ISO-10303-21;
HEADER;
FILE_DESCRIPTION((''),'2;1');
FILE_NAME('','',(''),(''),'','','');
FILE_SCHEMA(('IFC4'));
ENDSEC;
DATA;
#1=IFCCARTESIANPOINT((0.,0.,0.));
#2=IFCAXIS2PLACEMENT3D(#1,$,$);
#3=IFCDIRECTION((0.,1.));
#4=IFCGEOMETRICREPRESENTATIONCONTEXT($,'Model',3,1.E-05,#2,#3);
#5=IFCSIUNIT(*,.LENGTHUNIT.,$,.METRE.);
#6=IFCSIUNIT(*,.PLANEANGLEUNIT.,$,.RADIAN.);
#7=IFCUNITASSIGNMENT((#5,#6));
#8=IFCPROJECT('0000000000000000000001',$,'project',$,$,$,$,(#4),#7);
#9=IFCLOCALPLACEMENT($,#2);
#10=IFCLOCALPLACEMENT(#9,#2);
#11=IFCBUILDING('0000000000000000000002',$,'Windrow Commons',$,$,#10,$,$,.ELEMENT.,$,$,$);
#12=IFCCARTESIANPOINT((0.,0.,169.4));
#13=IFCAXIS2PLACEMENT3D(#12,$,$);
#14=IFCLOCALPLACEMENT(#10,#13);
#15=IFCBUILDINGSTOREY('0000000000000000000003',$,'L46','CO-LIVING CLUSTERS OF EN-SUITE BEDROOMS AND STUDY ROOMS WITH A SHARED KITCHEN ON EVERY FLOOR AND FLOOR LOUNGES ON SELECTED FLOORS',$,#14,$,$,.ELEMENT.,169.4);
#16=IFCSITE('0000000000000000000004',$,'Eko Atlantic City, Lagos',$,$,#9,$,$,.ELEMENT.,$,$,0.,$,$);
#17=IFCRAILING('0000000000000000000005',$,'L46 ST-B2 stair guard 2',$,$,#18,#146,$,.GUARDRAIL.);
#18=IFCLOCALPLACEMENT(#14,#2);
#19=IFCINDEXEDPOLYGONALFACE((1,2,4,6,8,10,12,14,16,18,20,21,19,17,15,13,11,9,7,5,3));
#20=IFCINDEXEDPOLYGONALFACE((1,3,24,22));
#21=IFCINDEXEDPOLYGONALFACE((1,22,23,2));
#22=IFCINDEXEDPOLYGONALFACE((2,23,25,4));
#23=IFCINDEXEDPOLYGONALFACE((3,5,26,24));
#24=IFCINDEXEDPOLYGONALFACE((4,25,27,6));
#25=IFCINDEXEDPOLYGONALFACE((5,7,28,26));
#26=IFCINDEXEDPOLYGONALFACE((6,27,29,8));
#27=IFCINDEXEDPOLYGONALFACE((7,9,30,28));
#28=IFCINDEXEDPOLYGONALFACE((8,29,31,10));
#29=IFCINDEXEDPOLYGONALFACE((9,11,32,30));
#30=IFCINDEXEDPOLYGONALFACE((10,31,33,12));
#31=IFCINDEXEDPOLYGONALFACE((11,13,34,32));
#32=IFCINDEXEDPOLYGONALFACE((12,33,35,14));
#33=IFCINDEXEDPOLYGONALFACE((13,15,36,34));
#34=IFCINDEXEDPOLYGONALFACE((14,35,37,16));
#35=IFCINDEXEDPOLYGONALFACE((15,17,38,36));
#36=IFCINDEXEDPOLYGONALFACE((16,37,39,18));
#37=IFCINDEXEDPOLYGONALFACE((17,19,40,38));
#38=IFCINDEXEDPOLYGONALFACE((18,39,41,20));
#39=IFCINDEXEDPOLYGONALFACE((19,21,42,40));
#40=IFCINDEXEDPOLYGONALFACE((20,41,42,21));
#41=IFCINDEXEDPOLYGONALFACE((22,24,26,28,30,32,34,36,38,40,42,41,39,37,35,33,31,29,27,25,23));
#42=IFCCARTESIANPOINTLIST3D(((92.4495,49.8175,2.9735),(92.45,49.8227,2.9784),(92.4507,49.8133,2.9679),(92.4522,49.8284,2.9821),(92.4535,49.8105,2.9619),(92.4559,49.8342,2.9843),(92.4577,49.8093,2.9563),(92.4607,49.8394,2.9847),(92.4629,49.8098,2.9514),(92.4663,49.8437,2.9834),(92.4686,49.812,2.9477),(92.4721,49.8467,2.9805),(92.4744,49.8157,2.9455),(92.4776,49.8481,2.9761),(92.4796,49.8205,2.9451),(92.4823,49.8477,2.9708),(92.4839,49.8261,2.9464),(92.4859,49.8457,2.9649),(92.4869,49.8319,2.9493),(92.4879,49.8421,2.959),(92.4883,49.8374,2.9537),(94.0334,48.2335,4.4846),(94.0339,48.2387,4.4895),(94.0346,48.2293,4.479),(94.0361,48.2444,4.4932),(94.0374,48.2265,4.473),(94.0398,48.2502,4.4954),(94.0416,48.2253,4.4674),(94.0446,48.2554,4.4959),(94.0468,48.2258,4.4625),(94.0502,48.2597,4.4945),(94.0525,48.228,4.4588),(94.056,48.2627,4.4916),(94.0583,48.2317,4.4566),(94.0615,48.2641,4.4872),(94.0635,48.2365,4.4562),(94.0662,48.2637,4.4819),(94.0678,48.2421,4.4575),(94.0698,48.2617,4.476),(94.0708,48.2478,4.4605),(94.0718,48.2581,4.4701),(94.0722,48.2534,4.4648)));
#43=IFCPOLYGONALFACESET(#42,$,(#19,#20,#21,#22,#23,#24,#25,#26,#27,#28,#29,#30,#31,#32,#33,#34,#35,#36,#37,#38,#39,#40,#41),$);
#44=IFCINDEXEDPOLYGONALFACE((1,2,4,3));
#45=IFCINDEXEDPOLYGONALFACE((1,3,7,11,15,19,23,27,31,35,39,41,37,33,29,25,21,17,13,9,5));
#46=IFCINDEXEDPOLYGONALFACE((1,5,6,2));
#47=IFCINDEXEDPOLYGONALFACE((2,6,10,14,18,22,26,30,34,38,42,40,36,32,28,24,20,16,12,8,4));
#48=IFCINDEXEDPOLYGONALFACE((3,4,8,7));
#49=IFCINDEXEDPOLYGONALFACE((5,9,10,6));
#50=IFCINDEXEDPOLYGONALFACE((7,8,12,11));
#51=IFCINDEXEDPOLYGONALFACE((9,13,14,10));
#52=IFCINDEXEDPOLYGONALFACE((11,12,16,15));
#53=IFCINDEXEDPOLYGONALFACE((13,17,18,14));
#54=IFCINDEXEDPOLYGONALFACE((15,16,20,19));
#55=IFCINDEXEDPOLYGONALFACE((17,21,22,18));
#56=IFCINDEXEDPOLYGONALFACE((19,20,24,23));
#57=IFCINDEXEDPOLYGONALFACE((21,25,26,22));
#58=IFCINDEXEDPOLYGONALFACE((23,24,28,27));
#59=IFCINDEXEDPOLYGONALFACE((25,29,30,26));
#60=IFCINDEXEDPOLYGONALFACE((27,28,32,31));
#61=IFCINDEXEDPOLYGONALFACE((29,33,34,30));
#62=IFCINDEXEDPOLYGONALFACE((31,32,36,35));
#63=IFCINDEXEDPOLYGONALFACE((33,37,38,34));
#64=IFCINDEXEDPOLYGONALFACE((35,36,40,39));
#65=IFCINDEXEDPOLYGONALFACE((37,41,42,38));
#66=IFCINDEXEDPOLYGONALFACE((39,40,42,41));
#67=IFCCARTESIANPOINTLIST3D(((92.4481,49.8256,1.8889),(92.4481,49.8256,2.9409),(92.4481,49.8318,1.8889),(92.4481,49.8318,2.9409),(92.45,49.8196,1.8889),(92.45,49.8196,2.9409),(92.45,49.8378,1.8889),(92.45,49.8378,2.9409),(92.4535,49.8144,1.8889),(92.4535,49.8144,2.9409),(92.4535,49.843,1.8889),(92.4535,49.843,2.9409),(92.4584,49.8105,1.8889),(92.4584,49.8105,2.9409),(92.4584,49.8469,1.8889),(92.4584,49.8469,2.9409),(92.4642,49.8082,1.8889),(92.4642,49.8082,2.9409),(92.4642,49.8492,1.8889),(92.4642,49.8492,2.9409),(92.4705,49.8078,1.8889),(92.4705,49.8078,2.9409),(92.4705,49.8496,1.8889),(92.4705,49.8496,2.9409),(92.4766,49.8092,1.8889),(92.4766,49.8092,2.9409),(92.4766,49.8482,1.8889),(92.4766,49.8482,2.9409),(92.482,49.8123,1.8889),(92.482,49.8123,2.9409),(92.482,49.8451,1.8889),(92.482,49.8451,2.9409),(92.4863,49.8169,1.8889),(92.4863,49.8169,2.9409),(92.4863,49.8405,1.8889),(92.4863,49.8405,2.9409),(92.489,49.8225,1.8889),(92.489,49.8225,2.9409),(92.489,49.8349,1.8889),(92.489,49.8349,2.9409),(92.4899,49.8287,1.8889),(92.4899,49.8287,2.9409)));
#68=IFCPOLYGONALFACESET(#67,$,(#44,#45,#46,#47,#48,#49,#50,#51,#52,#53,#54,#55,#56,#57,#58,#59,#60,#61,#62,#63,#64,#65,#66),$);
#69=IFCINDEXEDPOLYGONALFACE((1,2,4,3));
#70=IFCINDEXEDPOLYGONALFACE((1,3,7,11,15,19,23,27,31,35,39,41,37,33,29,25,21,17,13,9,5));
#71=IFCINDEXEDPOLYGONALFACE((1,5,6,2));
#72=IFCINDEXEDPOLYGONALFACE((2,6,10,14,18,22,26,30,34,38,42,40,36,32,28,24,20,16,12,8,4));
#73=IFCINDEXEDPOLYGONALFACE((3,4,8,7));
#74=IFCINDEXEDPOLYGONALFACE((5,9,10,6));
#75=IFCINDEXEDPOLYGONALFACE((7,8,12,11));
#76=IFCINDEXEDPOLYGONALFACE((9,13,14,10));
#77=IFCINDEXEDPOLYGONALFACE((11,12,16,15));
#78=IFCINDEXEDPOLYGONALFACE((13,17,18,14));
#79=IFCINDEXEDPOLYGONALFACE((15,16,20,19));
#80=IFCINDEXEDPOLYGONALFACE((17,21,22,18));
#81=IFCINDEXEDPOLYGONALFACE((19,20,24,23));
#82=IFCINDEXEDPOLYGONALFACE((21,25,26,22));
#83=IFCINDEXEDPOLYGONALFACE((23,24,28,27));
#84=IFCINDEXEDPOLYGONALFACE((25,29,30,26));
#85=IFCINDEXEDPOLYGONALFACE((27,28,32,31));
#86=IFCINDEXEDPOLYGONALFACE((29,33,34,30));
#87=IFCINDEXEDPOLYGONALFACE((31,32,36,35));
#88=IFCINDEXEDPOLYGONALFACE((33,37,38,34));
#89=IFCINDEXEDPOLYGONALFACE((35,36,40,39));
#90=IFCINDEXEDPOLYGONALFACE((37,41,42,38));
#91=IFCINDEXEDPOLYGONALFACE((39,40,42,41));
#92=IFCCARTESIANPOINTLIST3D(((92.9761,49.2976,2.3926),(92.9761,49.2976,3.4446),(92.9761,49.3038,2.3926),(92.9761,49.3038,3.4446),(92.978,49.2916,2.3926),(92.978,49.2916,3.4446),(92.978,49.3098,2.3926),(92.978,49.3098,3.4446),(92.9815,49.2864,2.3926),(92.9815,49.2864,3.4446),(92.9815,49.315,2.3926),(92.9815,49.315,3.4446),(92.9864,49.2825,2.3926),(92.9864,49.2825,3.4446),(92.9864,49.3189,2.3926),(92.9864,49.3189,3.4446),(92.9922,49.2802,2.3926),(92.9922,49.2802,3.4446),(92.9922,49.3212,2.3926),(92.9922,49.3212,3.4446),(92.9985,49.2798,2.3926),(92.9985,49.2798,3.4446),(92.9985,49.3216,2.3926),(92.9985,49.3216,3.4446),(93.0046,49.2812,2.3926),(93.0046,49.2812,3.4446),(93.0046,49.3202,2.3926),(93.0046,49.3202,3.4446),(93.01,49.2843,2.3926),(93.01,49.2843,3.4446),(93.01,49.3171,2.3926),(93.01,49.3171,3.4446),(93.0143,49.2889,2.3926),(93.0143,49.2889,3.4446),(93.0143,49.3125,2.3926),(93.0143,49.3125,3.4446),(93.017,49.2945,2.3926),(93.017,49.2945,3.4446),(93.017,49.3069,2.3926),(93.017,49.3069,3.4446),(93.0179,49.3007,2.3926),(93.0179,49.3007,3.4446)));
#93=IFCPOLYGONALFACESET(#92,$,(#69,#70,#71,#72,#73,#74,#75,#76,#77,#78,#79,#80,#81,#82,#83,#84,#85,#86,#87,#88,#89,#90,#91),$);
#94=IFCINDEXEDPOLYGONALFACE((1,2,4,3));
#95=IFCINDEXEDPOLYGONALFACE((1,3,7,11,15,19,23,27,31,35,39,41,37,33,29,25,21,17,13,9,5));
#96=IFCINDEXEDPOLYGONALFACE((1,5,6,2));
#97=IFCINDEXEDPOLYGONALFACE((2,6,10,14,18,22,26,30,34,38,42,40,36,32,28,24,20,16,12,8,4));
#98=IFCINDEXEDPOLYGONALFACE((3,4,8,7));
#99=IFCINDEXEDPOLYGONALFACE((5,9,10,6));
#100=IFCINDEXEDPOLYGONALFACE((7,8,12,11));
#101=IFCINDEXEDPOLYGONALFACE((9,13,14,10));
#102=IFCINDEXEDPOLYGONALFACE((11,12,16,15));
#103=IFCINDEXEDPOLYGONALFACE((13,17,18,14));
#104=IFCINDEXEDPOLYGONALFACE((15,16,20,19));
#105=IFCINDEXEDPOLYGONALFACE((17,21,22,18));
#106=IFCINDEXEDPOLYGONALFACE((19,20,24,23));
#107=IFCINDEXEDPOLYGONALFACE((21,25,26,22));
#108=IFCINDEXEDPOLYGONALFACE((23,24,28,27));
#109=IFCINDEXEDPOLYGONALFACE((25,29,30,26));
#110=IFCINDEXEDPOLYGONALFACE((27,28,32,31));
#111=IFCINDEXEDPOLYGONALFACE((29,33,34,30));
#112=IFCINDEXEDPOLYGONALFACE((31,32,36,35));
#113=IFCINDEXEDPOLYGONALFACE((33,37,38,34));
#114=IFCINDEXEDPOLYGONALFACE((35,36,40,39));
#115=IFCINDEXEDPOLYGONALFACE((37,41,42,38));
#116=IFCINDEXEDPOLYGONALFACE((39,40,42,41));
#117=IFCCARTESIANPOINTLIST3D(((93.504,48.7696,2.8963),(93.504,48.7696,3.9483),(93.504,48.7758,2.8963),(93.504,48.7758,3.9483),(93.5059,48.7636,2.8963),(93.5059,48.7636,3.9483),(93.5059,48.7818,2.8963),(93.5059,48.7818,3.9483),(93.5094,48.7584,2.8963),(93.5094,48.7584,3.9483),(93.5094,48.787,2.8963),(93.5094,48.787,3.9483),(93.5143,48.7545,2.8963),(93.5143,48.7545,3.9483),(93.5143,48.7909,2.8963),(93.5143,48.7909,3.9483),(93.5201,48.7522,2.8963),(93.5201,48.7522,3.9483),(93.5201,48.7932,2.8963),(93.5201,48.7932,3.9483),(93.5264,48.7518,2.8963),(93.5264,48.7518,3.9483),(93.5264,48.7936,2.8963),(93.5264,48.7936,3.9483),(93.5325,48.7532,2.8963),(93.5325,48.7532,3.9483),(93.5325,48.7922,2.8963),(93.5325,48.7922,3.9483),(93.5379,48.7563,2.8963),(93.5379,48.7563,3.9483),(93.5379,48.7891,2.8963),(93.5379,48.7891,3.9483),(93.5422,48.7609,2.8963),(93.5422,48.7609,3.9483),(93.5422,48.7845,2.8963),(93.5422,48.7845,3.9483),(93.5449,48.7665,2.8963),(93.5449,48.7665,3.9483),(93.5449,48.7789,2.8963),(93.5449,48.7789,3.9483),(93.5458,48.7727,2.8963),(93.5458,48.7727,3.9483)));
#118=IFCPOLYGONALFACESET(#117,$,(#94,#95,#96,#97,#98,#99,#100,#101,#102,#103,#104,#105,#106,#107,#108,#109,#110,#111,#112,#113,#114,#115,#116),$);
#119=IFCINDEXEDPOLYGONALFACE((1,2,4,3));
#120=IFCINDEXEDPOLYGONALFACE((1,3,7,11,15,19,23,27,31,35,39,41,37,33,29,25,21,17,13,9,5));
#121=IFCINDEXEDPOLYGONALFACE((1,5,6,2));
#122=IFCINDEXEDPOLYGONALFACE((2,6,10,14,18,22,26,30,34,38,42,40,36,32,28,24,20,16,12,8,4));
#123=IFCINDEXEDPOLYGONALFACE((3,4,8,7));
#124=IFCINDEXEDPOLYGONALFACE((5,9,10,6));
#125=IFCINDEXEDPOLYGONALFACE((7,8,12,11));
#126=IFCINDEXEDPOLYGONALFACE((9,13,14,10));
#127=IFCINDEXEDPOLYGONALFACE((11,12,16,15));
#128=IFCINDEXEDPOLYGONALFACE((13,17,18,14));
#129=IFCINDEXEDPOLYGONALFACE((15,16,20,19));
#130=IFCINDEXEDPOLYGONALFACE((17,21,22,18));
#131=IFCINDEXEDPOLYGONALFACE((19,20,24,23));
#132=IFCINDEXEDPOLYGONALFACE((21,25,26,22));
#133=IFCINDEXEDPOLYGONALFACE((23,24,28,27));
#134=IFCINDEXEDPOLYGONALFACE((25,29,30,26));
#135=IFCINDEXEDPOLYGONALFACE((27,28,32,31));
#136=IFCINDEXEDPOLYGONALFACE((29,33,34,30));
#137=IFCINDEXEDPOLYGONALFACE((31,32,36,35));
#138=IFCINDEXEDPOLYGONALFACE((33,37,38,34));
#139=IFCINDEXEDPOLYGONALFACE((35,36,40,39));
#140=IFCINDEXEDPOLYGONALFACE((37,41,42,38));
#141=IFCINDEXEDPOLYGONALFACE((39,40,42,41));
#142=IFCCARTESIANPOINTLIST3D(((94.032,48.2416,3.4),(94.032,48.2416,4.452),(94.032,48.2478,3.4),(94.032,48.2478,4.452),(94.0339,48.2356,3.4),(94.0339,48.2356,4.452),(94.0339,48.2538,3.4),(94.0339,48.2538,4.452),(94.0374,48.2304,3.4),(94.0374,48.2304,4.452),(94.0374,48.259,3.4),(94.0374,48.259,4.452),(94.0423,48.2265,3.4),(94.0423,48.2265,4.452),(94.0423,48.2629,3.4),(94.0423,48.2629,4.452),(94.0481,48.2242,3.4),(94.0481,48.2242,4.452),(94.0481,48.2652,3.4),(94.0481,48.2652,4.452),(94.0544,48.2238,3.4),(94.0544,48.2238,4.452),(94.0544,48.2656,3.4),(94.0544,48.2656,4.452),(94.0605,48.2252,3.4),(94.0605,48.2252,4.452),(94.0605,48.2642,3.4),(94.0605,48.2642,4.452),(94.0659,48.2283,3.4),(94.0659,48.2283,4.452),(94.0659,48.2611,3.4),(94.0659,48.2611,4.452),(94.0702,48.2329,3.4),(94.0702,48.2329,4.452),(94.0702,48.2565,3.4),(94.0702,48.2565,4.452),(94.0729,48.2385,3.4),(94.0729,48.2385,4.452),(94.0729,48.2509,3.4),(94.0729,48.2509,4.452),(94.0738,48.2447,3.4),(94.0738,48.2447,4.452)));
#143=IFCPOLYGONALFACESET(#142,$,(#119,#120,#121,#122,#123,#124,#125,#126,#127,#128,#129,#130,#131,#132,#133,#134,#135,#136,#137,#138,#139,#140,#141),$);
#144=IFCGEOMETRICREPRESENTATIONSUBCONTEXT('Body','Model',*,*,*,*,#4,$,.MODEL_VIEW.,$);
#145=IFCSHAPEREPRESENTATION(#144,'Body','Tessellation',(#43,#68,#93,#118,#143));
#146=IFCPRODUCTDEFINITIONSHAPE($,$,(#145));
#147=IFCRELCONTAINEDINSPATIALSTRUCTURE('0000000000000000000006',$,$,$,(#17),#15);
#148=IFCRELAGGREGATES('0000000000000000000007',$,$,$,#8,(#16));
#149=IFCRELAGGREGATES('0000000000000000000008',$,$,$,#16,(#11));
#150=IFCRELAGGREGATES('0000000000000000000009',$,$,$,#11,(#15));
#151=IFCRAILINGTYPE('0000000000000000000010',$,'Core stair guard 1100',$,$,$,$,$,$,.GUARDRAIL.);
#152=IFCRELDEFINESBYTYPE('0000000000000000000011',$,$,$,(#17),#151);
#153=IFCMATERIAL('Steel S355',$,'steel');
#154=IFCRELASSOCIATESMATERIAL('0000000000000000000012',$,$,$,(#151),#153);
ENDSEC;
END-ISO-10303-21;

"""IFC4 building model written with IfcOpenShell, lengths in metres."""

from ifc_helpers import new_model, si_unit, direction, frame, origin, origin_2d, place, context, subcontext, project, spatial, circle, extrude, material, type_object, element, save


model = new_model("IFC4")

# Units and contexts
model_context = context("Model", 3, precision=1e-05, world=origin(), true_north=direction((0.0, 1.0)))
body_context = subcontext(model_context, "Body", "Model", "MODEL_VIEW")
ifc_project = project(units=[si_unit("LENGTHUNIT", "METRE"), si_unit("PLANEANGLEUNIT", "RADIAN")], contexts=[model_context])

# Site, building, storey
site_placement = place(None, origin())
site = spatial("IfcSite", under=ifc_project, at=site_placement, Name="Eko Atlantic City, Lagos", CompositionType="ELEMENT", RefElevation=0.0)
building_placement = place(site_placement, origin())
building = spatial("IfcBuilding", under=site, at=building_placement, Name="Windrow Commons", CompositionType="ELEMENT")
storey_placement = place(building_placement, frame((0.0, 0.0, 169.4)))
storey = spatial("IfcBuildingStorey", under=building, at=storey_placement, Name="L46", Description="CO-LIVING CLUSTERS OF EN-SUITE BEDROOMS AND STUDY ROOMS WITH A SHARED KITCHEN ON EVERY FLOOR AND FLOOR LOUNGES ON SELECTED FLOORS", CompositionType="ELEMENT", Elevation=169.4)

# Railing
ifc_material_1 = material(Name="Steel S355", Category="steel")
railing_type_1 = type_object("IfcRailingType", Name="Core stair guard 1100", PredefinedType="GUARDRAIL", material=ifc_material_1)
railing_1_placement = place(storey_placement, frame((92.4689, 49.8287, 1.8889)))
element("IfcRailing", 1, at=railing_1_placement, inside=storey, type_object=railing_type_1, Name="L46 ST-B2 stair guard 2", PredefinedType="GUARDRAIL", context=body_context, shape_type="SweptSolid", body=[
    extrude(circle(Radius=0.024, at=origin_2d()), frame((0.0, 0.0, 1.076), z_axis=(0.586179, -0.586216, 0.559237), x_axis=(0.707129, 0.707084, 0.0)), (0.0, 0.0, 1.0), 2.7021),
    extrude(circle(Radius=0.021, at=origin_2d()), origin(), (0.0, 0.0, 1.0), 1.052),
    extrude(circle(Radius=0.021, at=origin_2d()), frame((0.528, -0.528, 0.5037)), (0.0, 0.0, 1.0), 1.052),
    extrude(circle(Radius=0.021, at=origin_2d()), frame((1.0559, -1.056, 1.0074)), (0.0, 0.0, 1.0), 1.052),
    extrude(circle(Radius=0.021, at=origin_2d()), frame((1.5839, -1.584, 1.5111)), (0.0, 0.0, 1.0), 1.052),
])

save(model, "model.ifc")
